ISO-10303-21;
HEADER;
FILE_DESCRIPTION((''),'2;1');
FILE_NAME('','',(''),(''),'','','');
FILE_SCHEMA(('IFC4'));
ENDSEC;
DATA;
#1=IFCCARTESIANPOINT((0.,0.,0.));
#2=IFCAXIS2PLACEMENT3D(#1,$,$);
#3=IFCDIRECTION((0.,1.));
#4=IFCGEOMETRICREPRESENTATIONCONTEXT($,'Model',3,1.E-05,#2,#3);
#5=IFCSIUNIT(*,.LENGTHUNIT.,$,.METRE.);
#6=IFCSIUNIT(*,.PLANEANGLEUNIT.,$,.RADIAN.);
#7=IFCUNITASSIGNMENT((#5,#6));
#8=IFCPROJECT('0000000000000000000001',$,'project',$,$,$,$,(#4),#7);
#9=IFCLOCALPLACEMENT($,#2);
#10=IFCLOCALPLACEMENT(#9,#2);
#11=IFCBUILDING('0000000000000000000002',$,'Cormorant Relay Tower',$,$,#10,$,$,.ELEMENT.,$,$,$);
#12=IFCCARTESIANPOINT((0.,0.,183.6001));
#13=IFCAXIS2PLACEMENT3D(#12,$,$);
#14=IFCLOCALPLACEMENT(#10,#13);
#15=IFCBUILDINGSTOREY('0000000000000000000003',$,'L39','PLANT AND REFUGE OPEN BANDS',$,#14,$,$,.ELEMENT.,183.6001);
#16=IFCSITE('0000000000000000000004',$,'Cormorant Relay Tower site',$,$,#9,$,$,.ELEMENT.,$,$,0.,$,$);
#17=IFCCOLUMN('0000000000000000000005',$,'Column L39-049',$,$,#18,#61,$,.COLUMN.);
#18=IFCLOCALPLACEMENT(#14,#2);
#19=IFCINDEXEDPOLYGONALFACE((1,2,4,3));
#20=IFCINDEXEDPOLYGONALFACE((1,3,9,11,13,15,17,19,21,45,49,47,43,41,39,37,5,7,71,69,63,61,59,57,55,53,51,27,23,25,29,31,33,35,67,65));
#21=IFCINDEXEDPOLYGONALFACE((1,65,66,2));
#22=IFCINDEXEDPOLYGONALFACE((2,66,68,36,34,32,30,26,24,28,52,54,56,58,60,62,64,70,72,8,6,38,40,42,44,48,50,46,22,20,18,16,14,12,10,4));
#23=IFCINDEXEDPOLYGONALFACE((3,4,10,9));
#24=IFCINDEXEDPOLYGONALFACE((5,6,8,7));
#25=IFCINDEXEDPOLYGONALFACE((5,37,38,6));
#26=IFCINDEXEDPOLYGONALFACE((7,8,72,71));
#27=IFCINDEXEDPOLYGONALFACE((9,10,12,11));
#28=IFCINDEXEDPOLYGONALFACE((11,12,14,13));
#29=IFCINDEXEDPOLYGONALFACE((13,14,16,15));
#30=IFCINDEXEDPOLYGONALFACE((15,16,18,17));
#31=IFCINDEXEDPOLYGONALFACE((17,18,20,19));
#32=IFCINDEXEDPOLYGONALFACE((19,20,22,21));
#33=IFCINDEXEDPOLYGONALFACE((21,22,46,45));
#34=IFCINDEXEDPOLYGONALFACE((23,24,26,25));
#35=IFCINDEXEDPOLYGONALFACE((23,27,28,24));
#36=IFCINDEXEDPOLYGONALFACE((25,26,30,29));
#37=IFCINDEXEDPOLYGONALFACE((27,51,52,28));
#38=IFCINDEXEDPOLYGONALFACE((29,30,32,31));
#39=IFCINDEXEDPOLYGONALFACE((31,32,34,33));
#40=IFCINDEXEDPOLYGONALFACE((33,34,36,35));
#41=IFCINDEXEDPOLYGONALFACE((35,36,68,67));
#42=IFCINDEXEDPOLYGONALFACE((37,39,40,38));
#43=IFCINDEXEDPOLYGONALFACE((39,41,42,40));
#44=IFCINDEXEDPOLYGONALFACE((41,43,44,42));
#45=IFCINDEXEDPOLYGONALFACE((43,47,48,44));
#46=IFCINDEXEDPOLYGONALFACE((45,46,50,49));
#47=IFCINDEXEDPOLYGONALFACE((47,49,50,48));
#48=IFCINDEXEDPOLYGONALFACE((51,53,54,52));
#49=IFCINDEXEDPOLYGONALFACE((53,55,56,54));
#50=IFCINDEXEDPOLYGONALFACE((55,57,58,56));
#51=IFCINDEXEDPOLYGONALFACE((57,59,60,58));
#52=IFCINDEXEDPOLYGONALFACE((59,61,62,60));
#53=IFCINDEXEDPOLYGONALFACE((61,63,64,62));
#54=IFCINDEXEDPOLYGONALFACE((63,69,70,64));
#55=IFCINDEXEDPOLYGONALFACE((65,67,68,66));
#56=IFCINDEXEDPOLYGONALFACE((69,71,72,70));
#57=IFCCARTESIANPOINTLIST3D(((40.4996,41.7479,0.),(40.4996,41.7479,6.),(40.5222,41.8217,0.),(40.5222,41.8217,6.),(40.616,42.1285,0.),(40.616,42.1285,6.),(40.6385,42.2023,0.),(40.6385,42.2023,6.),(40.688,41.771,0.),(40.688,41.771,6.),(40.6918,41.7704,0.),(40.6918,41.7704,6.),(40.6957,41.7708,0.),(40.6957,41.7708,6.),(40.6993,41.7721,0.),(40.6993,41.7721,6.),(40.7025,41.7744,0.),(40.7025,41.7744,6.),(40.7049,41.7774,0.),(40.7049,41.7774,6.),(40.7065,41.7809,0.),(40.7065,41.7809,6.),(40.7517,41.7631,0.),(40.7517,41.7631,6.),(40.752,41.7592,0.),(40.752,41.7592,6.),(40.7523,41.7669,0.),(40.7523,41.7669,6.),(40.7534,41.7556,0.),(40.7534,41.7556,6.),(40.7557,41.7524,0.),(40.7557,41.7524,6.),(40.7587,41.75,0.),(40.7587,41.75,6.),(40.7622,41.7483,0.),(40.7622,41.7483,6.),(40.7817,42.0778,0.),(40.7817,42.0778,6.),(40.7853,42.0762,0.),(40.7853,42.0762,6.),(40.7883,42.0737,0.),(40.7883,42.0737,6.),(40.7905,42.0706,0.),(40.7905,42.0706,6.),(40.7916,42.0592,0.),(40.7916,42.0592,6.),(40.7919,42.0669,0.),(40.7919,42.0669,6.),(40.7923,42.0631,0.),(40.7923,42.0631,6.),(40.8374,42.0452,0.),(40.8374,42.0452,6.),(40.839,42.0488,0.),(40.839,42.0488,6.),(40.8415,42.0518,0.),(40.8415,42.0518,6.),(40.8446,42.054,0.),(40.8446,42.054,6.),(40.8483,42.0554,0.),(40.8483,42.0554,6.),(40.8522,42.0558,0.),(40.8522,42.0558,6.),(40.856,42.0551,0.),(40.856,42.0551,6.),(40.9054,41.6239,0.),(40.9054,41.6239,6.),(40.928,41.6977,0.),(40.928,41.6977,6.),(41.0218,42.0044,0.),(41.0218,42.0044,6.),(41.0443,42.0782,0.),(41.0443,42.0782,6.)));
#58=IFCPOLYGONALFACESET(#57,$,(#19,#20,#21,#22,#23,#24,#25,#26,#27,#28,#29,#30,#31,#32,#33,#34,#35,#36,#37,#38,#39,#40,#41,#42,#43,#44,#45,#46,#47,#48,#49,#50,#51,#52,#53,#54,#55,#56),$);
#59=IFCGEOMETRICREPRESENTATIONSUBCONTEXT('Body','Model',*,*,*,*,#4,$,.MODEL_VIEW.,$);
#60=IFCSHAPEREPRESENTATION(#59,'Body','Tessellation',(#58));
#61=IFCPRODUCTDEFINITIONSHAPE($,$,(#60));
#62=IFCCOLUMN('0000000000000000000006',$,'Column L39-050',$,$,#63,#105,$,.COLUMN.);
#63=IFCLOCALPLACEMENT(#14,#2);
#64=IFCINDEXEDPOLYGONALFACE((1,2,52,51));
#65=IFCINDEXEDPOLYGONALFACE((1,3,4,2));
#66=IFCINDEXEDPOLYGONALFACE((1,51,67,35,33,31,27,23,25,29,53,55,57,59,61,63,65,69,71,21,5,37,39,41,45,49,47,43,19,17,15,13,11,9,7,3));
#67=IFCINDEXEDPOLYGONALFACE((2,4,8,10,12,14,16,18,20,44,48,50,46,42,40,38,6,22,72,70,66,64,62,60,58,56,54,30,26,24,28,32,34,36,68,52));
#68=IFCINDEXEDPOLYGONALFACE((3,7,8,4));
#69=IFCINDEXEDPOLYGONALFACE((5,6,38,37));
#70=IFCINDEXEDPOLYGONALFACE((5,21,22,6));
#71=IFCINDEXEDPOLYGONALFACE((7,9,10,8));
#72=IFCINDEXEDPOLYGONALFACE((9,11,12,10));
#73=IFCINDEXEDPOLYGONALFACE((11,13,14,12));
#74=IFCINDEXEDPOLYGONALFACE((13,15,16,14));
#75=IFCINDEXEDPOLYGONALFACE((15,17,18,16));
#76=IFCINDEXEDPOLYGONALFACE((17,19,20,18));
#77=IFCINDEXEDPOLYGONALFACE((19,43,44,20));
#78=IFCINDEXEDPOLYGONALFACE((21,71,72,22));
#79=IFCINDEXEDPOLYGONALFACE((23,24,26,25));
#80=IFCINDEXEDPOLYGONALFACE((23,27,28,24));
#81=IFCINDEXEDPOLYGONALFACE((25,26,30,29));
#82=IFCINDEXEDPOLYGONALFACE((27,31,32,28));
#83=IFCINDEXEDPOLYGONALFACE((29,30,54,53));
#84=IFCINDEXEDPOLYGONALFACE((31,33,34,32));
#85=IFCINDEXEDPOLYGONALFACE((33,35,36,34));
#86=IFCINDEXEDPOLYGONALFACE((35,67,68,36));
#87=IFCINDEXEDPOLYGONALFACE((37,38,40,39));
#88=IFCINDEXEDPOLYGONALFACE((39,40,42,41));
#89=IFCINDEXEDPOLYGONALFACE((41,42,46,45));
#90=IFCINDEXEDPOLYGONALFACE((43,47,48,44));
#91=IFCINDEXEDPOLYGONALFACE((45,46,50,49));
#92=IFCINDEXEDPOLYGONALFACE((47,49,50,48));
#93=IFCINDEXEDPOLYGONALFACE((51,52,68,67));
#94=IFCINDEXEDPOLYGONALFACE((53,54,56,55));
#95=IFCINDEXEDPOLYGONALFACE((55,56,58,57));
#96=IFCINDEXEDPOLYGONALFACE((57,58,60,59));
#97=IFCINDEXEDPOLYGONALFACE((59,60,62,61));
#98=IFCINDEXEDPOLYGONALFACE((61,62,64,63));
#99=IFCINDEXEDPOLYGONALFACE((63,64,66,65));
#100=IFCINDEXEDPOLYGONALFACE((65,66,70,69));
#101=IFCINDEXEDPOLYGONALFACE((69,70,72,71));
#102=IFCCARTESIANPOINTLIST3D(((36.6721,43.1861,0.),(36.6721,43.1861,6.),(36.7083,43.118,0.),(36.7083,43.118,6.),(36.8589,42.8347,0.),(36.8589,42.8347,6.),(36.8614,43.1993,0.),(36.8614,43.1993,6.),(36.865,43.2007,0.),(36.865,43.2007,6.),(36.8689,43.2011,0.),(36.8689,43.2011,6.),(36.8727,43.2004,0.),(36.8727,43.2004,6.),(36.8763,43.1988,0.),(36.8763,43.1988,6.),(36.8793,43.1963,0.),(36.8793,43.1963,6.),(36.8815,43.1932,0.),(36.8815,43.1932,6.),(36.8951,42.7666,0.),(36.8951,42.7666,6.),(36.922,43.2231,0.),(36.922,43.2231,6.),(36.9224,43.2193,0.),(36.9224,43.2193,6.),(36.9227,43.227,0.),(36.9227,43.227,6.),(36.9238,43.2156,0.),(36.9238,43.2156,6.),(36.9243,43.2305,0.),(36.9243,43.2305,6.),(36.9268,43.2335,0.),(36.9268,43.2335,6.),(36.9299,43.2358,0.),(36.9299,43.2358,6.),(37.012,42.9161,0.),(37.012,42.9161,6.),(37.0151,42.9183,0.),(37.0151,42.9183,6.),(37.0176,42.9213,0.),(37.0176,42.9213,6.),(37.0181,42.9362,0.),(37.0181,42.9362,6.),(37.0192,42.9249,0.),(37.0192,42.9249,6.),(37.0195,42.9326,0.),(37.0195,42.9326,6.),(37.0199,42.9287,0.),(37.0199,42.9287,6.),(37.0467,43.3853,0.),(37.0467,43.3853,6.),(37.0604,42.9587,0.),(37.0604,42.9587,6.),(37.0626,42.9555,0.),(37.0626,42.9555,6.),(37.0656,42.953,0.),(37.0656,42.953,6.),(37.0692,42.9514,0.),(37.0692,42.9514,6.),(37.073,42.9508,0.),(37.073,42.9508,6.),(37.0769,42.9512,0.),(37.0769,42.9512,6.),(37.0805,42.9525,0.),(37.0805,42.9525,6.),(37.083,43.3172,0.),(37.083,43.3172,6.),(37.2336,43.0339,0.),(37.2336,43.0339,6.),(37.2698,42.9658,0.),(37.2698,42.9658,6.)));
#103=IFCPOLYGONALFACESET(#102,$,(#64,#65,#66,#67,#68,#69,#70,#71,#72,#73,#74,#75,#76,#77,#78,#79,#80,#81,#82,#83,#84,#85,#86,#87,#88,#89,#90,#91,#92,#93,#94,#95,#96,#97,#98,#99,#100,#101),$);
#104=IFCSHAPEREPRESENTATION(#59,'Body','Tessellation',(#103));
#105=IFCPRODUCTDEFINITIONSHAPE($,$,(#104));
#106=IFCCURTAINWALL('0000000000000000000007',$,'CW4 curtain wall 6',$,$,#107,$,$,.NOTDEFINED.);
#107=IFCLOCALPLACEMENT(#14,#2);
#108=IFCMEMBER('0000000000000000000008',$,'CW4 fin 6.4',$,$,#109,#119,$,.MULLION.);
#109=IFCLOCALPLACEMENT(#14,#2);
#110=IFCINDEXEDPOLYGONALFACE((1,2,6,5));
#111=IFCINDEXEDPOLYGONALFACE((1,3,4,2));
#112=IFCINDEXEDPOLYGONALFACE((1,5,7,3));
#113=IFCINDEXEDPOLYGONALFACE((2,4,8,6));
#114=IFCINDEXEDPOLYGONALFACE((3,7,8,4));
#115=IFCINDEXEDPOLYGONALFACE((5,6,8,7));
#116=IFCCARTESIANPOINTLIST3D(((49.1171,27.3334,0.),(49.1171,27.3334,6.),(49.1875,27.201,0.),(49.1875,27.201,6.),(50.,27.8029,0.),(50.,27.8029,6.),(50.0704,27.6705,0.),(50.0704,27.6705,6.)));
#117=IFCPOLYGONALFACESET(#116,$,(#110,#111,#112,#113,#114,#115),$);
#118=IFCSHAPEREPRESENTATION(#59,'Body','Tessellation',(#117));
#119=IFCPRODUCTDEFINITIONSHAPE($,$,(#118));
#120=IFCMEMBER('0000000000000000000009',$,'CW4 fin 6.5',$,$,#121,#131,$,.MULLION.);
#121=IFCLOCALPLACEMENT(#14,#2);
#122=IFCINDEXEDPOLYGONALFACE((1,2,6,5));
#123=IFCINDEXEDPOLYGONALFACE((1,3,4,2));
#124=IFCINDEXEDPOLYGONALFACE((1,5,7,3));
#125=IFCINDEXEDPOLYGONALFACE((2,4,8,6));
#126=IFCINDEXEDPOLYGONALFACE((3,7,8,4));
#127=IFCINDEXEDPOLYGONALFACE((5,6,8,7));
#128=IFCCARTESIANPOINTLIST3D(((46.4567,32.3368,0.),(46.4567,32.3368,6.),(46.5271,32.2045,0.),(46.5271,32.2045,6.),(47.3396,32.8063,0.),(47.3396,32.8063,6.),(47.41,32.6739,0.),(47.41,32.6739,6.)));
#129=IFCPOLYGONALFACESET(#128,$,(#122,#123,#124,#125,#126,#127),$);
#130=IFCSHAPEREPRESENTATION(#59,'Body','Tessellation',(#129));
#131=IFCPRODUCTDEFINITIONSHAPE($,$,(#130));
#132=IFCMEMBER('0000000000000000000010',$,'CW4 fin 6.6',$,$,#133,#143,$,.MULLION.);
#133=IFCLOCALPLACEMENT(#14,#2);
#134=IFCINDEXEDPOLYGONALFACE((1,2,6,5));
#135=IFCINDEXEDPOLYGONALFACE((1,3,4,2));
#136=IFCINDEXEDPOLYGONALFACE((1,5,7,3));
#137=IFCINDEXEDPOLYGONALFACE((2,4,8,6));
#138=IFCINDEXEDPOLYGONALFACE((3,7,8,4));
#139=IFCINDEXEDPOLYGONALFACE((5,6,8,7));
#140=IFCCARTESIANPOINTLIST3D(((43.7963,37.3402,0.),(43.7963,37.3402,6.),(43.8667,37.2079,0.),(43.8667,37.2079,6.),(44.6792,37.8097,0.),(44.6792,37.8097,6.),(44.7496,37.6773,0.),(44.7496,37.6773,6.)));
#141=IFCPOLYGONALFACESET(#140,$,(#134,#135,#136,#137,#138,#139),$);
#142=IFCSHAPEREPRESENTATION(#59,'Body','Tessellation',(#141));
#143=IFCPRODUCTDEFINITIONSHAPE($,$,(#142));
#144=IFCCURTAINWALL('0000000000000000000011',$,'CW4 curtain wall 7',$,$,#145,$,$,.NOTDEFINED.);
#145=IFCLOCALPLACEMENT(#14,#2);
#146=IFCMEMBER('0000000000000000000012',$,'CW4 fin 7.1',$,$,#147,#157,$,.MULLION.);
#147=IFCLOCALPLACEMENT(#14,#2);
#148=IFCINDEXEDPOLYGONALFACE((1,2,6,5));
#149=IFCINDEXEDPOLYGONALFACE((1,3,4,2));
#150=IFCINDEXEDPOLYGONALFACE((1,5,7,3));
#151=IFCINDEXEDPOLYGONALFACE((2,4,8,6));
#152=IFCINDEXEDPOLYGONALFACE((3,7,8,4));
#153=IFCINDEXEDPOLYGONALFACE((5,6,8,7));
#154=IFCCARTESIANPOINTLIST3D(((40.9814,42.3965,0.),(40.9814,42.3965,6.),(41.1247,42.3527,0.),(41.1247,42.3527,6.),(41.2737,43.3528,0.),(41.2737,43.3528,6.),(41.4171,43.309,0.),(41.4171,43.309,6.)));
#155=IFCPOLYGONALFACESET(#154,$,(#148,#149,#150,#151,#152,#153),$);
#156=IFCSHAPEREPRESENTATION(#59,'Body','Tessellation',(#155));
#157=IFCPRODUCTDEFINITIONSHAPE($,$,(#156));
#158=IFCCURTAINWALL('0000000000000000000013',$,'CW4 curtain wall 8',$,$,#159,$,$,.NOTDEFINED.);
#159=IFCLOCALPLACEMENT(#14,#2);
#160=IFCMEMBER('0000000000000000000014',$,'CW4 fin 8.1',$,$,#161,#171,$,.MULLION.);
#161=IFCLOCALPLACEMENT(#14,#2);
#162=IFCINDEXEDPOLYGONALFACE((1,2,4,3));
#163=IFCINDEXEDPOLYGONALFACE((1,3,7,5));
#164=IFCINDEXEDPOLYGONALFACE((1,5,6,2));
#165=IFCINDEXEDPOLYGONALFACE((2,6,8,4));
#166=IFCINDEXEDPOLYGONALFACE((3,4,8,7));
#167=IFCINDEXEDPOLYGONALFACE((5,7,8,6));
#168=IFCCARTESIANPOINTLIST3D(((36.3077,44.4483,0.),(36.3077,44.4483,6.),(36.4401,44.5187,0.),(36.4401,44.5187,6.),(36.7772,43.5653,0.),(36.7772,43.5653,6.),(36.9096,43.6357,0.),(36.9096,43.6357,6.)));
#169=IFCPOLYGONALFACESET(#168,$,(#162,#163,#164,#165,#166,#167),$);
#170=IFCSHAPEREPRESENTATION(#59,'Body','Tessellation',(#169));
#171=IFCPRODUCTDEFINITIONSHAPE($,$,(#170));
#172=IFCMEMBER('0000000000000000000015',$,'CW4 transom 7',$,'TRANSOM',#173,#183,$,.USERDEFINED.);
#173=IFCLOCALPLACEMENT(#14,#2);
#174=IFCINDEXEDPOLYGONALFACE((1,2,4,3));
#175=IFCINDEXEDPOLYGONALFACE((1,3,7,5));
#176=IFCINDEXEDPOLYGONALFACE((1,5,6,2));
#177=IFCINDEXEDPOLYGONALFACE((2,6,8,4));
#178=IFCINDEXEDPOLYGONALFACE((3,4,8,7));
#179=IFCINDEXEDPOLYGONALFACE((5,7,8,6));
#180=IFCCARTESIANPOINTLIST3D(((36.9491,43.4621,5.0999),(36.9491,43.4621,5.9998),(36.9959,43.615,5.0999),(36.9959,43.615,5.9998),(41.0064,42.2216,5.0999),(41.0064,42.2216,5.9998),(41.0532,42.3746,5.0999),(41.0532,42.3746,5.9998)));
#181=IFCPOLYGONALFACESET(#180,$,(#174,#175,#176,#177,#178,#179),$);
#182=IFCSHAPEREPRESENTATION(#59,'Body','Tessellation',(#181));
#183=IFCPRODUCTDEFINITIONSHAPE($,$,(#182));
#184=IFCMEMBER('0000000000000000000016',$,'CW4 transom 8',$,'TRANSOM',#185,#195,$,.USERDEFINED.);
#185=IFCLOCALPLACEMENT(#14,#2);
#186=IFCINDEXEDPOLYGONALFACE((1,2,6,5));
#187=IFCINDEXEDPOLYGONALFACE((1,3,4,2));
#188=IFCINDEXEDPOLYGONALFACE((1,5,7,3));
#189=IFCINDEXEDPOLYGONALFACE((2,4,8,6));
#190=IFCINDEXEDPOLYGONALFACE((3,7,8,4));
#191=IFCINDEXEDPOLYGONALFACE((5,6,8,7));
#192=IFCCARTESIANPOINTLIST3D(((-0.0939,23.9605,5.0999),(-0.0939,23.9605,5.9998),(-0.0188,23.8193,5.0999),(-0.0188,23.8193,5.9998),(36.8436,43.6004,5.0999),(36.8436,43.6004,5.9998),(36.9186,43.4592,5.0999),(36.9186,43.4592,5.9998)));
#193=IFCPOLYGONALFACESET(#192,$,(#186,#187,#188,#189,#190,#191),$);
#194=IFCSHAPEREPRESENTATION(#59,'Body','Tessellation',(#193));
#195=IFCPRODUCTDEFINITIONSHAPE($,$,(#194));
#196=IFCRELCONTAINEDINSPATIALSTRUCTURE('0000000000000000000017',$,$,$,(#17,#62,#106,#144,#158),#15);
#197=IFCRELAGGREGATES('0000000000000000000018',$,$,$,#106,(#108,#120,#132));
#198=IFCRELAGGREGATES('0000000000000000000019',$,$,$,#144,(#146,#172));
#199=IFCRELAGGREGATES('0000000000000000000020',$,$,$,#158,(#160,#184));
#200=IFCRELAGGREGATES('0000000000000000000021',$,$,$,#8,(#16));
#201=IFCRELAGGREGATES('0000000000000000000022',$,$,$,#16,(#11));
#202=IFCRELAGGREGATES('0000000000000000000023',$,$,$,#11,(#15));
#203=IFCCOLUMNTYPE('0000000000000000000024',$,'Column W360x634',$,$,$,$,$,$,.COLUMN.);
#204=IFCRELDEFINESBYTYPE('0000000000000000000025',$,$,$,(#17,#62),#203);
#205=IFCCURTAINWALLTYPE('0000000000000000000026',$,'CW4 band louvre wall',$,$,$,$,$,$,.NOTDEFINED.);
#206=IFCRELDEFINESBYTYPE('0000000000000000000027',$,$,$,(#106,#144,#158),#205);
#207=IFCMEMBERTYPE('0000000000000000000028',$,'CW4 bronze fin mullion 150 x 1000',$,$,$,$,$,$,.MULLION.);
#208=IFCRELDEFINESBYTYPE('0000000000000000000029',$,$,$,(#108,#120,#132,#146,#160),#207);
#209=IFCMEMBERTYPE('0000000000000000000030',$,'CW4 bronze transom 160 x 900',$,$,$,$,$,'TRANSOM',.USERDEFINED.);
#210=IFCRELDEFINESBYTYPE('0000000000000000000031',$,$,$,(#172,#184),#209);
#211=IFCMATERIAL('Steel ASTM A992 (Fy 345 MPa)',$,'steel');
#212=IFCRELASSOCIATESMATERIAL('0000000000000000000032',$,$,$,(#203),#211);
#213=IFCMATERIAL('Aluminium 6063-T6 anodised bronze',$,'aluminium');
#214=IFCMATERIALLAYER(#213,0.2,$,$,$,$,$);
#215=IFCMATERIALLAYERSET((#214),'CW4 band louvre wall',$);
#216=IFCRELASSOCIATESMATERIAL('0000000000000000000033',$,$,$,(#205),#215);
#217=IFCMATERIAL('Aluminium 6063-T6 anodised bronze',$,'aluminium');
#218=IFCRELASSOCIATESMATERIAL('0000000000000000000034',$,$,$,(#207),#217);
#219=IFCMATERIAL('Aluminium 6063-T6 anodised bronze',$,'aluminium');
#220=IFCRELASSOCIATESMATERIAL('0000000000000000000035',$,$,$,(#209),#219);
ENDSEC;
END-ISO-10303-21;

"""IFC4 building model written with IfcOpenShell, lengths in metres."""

from ifc_helpers import new_model, si_unit, direction, frame, origin, origin_2d, place, context, subcontext, project, spatial, rectangle, i_section, extrude, material, layer, layer_set, material_profile, profile_set, type_object, element, aggregate, save


model = new_model("IFC4")

# Units and contexts
model_context = context("Model", 3, precision=1e-05, world=origin(), true_north=direction((0.0, 1.0)))
body_context = subcontext(model_context, "Body", "Model", "MODEL_VIEW")
ifc_project = project(units=[si_unit("LENGTHUNIT", "METRE"), si_unit("PLANEANGLEUNIT", "RADIAN")], contexts=[model_context])

# Site, building, storey
site_placement = place(None, origin())
site = spatial("IfcSite", under=ifc_project, at=site_placement, Name="Cormorant Relay Tower site", CompositionType="ELEMENT", RefElevation=0.0)
building_placement = place(site_placement, origin())
building = spatial("IfcBuilding", under=site, at=building_placement, Name="Cormorant Relay Tower", CompositionType="ELEMENT")
storey_placement = place(building_placement, frame((0.0, 0.0, 183.6001)))
storey = spatial("IfcBuildingStorey", under=building, at=storey_placement, Name="L39", Description="PLANT AND REFUGE OPEN BANDS", CompositionType="ELEMENT", Elevation=183.6001)

# Columns
ifc_material_1 = material(Name="Steel ASTM A992 (Fy 345 MPa)", Category="steel")
ifc_material_profile_1 = material_profile(ifc_material_1, i_section(OverallWidth=0.4243, OverallDepth=0.4751, WebThickness=0.0479, FlangeThickness=0.0771, FilletRadius=0.0149, at=origin_2d()), Name="W360x634")
ifc_profile_set_1 = profile_set([ifc_material_profile_1], Name="Steel ASTM A992 (Fy 345 MPa)")
column_type_1 = type_object("IfcColumnType", Name="Column W360x634", PredefinedType="COLUMN", material=ifc_profile_set_1)
for number, where, z_axis, x_axis, name in (
    (1, (40.772, 41.9131, 0.0), (0.0, 0.0, 1.0), (-0.956305, 0.292372, 0.0), "Column L39-049"),
    (2, (36.9709, 43.0759, 0.0), (0.0, 0.0, 1.0), (-0.882948, -0.469472, 0.0), "Column L39-050"),
):
    element("IfcColumn", number, at=place(storey_placement, frame(where, z_axis=z_axis, x_axis=x_axis)), inside=storey, type_object=column_type_1, Name=name, PredefinedType="COLUMN", context=body_context, shape_type="SweptSolid", body=[
        extrude(i_section(OverallWidth=0.4243, OverallDepth=0.4751, WebThickness=0.0479, FlangeThickness=0.0771, FilletRadius=0.0149, at=origin_2d()), origin(), (0.0, 0.0, 1.0), 6.0),
    ])

# Curtain wall, members
ifc_material_2 = material(Name="Aluminium 6063-T6 anodised bronze", Category="aluminium")
ifc_layer_1 = layer(ifc_material_2, 0.2)
ifc_layer_set_1 = layer_set([ifc_layer_1], Name="CW4 band louvre wall")
curtain_wall_type = type_object("IfcCurtainWallType", Name="CW4 band louvre wall", PredefinedType="NOTDEFINED", material=ifc_layer_set_1)
curtain_wall_1_placement = place(storey_placement, origin())
curtain_wall_1 = element("IfcCurtainWall", 3, at=curtain_wall_1_placement, inside=storey, type_object=curtain_wall_type, Name="CW4 curtain wall 6", PredefinedType="NOTDEFINED")
ifc_material_3 = material(Name="Aluminium 6063-T6 anodised bronze", Category="aluminium")
ifc_material_profile_2 = material_profile(ifc_material_3, rectangle(XDim=0.1499, YDim=1.0, at=origin_2d()), Name="AL 150x1000")
ifc_profile_set_2 = profile_set([ifc_material_profile_2], Name="Aluminium 6063-T6 anodised bronze")
member_type_1 = type_object("IfcMemberType", Name="CW4 bronze fin mullion 150 x 1000", PredefinedType="MULLION", material=ifc_profile_set_2)
member_1_placement = place(storey_placement, frame((49.5938, 27.502, 0.0), z_axis=(0.0, 0.0, 1.0), x_axis=(-0.469472, 0.882948, 0.0)))
member_1 = element("IfcMember", 4, at=member_1_placement, type_object=member_type_1, Name="CW4 fin 6.4", PredefinedType="MULLION", context=body_context, shape_type="SweptSolid", body=[
    extrude(rectangle(XDim=0.1499, YDim=1.0, at=origin_2d()), origin(), (0.0, 0.0, 1.0), 6.0),
])
member_2_placement = place(storey_placement, frame((46.9333, 32.5054, 0.0), z_axis=(0.0, 0.0, 1.0), x_axis=(-0.469472, 0.882948, 0.0)))
member_2 = element("IfcMember", 5, at=member_2_placement, type_object=member_type_1, Name="CW4 fin 6.5", PredefinedType="MULLION", context=body_context, shape_type="SweptSolid", body=[
    extrude(rectangle(XDim=0.1499, YDim=1.0, at=origin_2d()), origin(), (0.0, 0.0, 1.0), 6.0),
])
member_3_placement = place(storey_placement, frame((44.2729, 37.5088, 0.0), z_axis=(0.0, 0.0, 1.0), x_axis=(-0.469472, 0.882948, 0.0)))
member_3 = element("IfcMember", 6, at=member_3_placement, type_object=member_type_1, Name="CW4 fin 6.6", PredefinedType="MULLION", context=body_context, shape_type="SweptSolid", body=[
    extrude(rectangle(XDim=0.1499, YDim=1.0, at=origin_2d()), origin(), (0.0, 0.0, 1.0), 6.0),
])

# Curtain walls, members
curtain_wall_2_placement = place(storey_placement, origin())
curtain_wall_2 = element("IfcCurtainWall", 7, at=curtain_wall_2_placement, inside=storey, type_object=curtain_wall_type, Name="CW4 curtain wall 7", PredefinedType="NOTDEFINED")
member_4_placement = place(storey_placement, frame((41.1992, 42.8528, 0.0), z_axis=(0.0, 0.0, 1.0), x_axis=(-0.956305, 0.292372, 0.0)))
member_4 = element("IfcMember", 8, at=member_4_placement, type_object=member_type_1, Name="CW4 fin 7.1", PredefinedType="MULLION", context=body_context, shape_type="SweptSolid", body=[
    extrude(rectangle(XDim=0.1499, YDim=1.0, at=origin_2d()), origin(), (0.0, 0.0, 1.0), 6.0),
])
curtain_wall_3_placement = place(storey_placement, origin())
curtain_wall_3 = element("IfcCurtainWall", 9, at=curtain_wall_3_placement, inside=storey, type_object=curtain_wall_type, Name="CW4 curtain wall 8", PredefinedType="NOTDEFINED")
member_5_placement = place(storey_placement, frame((36.6086, 44.042, 0.0), z_axis=(0.0, 0.0, 1.0), x_axis=(-0.882948, -0.469472, 0.0)))
member_5 = element("IfcMember", 10, at=member_5_placement, type_object=member_type_1, Name="CW4 fin 8.1", PredefinedType="MULLION", context=body_context, shape_type="SweptSolid", body=[
    extrude(rectangle(XDim=0.1499, YDim=1.0, at=origin_2d()), origin(), (0.0, 0.0, 1.0), 6.0),
])

# Members
ifc_material_4 = material(Name="Aluminium 6063-T6 anodised bronze", Category="aluminium")
ifc_material_profile_3 = material_profile(ifc_material_4, rectangle(XDim=0.1599, YDim=0.8999, at=origin_2d()), Name="AL 160x900")
ifc_profile_set_3 = profile_set([ifc_material_profile_3], Name="Aluminium 6063-T6 anodised bronze")
member_type_2 = type_object("IfcMemberType", Name="CW4 bronze transom 160 x 900", ElementType="TRANSOM", PredefinedType="USERDEFINED", material=ifc_profile_set_3)
member_6_placement = place(storey_placement, frame((41.0298, 42.2981, 5.5498), z_axis=(-0.956304, 0.292375, 0.0), x_axis=(-0.292375, -0.956304, 0.0)))
member_6 = element("IfcMember", 11, at=member_6_placement, type_object=member_type_2, Name="CW4 transom 7", ObjectType="TRANSOM", PredefinedType="USERDEFINED", context=body_context, shape_type="SweptSolid", body=[
    extrude(rectangle(XDim=0.1599, YDim=0.8999, at=origin_2d()), origin(), (0.0, 0.0, 1.0), 4.2427),
])
member_7_placement = place(storey_placement, frame((36.8811, 43.5298, 5.5498), z_axis=(-0.882949, -0.469469, 0.0), x_axis=(0.469469, -0.882949, 0.0)))
member_7 = element("IfcMember", 12, at=member_7_placement, type_object=member_type_2, Name="CW4 transom 8", ObjectType="TRANSOM", PredefinedType="USERDEFINED", context=body_context, shape_type="SweptSolid", body=[
    extrude(rectangle(XDim=0.1599, YDim=0.8999, at=origin_2d()), origin(), (0.0, 0.0, 1.0), 41.8342),
])

aggregate(curtain_wall_1, [member_1, member_2, member_3])
aggregate(curtain_wall_2, [member_4, member_6])
aggregate(curtain_wall_3, [member_5, member_7])

save(model, "model.ifc")
